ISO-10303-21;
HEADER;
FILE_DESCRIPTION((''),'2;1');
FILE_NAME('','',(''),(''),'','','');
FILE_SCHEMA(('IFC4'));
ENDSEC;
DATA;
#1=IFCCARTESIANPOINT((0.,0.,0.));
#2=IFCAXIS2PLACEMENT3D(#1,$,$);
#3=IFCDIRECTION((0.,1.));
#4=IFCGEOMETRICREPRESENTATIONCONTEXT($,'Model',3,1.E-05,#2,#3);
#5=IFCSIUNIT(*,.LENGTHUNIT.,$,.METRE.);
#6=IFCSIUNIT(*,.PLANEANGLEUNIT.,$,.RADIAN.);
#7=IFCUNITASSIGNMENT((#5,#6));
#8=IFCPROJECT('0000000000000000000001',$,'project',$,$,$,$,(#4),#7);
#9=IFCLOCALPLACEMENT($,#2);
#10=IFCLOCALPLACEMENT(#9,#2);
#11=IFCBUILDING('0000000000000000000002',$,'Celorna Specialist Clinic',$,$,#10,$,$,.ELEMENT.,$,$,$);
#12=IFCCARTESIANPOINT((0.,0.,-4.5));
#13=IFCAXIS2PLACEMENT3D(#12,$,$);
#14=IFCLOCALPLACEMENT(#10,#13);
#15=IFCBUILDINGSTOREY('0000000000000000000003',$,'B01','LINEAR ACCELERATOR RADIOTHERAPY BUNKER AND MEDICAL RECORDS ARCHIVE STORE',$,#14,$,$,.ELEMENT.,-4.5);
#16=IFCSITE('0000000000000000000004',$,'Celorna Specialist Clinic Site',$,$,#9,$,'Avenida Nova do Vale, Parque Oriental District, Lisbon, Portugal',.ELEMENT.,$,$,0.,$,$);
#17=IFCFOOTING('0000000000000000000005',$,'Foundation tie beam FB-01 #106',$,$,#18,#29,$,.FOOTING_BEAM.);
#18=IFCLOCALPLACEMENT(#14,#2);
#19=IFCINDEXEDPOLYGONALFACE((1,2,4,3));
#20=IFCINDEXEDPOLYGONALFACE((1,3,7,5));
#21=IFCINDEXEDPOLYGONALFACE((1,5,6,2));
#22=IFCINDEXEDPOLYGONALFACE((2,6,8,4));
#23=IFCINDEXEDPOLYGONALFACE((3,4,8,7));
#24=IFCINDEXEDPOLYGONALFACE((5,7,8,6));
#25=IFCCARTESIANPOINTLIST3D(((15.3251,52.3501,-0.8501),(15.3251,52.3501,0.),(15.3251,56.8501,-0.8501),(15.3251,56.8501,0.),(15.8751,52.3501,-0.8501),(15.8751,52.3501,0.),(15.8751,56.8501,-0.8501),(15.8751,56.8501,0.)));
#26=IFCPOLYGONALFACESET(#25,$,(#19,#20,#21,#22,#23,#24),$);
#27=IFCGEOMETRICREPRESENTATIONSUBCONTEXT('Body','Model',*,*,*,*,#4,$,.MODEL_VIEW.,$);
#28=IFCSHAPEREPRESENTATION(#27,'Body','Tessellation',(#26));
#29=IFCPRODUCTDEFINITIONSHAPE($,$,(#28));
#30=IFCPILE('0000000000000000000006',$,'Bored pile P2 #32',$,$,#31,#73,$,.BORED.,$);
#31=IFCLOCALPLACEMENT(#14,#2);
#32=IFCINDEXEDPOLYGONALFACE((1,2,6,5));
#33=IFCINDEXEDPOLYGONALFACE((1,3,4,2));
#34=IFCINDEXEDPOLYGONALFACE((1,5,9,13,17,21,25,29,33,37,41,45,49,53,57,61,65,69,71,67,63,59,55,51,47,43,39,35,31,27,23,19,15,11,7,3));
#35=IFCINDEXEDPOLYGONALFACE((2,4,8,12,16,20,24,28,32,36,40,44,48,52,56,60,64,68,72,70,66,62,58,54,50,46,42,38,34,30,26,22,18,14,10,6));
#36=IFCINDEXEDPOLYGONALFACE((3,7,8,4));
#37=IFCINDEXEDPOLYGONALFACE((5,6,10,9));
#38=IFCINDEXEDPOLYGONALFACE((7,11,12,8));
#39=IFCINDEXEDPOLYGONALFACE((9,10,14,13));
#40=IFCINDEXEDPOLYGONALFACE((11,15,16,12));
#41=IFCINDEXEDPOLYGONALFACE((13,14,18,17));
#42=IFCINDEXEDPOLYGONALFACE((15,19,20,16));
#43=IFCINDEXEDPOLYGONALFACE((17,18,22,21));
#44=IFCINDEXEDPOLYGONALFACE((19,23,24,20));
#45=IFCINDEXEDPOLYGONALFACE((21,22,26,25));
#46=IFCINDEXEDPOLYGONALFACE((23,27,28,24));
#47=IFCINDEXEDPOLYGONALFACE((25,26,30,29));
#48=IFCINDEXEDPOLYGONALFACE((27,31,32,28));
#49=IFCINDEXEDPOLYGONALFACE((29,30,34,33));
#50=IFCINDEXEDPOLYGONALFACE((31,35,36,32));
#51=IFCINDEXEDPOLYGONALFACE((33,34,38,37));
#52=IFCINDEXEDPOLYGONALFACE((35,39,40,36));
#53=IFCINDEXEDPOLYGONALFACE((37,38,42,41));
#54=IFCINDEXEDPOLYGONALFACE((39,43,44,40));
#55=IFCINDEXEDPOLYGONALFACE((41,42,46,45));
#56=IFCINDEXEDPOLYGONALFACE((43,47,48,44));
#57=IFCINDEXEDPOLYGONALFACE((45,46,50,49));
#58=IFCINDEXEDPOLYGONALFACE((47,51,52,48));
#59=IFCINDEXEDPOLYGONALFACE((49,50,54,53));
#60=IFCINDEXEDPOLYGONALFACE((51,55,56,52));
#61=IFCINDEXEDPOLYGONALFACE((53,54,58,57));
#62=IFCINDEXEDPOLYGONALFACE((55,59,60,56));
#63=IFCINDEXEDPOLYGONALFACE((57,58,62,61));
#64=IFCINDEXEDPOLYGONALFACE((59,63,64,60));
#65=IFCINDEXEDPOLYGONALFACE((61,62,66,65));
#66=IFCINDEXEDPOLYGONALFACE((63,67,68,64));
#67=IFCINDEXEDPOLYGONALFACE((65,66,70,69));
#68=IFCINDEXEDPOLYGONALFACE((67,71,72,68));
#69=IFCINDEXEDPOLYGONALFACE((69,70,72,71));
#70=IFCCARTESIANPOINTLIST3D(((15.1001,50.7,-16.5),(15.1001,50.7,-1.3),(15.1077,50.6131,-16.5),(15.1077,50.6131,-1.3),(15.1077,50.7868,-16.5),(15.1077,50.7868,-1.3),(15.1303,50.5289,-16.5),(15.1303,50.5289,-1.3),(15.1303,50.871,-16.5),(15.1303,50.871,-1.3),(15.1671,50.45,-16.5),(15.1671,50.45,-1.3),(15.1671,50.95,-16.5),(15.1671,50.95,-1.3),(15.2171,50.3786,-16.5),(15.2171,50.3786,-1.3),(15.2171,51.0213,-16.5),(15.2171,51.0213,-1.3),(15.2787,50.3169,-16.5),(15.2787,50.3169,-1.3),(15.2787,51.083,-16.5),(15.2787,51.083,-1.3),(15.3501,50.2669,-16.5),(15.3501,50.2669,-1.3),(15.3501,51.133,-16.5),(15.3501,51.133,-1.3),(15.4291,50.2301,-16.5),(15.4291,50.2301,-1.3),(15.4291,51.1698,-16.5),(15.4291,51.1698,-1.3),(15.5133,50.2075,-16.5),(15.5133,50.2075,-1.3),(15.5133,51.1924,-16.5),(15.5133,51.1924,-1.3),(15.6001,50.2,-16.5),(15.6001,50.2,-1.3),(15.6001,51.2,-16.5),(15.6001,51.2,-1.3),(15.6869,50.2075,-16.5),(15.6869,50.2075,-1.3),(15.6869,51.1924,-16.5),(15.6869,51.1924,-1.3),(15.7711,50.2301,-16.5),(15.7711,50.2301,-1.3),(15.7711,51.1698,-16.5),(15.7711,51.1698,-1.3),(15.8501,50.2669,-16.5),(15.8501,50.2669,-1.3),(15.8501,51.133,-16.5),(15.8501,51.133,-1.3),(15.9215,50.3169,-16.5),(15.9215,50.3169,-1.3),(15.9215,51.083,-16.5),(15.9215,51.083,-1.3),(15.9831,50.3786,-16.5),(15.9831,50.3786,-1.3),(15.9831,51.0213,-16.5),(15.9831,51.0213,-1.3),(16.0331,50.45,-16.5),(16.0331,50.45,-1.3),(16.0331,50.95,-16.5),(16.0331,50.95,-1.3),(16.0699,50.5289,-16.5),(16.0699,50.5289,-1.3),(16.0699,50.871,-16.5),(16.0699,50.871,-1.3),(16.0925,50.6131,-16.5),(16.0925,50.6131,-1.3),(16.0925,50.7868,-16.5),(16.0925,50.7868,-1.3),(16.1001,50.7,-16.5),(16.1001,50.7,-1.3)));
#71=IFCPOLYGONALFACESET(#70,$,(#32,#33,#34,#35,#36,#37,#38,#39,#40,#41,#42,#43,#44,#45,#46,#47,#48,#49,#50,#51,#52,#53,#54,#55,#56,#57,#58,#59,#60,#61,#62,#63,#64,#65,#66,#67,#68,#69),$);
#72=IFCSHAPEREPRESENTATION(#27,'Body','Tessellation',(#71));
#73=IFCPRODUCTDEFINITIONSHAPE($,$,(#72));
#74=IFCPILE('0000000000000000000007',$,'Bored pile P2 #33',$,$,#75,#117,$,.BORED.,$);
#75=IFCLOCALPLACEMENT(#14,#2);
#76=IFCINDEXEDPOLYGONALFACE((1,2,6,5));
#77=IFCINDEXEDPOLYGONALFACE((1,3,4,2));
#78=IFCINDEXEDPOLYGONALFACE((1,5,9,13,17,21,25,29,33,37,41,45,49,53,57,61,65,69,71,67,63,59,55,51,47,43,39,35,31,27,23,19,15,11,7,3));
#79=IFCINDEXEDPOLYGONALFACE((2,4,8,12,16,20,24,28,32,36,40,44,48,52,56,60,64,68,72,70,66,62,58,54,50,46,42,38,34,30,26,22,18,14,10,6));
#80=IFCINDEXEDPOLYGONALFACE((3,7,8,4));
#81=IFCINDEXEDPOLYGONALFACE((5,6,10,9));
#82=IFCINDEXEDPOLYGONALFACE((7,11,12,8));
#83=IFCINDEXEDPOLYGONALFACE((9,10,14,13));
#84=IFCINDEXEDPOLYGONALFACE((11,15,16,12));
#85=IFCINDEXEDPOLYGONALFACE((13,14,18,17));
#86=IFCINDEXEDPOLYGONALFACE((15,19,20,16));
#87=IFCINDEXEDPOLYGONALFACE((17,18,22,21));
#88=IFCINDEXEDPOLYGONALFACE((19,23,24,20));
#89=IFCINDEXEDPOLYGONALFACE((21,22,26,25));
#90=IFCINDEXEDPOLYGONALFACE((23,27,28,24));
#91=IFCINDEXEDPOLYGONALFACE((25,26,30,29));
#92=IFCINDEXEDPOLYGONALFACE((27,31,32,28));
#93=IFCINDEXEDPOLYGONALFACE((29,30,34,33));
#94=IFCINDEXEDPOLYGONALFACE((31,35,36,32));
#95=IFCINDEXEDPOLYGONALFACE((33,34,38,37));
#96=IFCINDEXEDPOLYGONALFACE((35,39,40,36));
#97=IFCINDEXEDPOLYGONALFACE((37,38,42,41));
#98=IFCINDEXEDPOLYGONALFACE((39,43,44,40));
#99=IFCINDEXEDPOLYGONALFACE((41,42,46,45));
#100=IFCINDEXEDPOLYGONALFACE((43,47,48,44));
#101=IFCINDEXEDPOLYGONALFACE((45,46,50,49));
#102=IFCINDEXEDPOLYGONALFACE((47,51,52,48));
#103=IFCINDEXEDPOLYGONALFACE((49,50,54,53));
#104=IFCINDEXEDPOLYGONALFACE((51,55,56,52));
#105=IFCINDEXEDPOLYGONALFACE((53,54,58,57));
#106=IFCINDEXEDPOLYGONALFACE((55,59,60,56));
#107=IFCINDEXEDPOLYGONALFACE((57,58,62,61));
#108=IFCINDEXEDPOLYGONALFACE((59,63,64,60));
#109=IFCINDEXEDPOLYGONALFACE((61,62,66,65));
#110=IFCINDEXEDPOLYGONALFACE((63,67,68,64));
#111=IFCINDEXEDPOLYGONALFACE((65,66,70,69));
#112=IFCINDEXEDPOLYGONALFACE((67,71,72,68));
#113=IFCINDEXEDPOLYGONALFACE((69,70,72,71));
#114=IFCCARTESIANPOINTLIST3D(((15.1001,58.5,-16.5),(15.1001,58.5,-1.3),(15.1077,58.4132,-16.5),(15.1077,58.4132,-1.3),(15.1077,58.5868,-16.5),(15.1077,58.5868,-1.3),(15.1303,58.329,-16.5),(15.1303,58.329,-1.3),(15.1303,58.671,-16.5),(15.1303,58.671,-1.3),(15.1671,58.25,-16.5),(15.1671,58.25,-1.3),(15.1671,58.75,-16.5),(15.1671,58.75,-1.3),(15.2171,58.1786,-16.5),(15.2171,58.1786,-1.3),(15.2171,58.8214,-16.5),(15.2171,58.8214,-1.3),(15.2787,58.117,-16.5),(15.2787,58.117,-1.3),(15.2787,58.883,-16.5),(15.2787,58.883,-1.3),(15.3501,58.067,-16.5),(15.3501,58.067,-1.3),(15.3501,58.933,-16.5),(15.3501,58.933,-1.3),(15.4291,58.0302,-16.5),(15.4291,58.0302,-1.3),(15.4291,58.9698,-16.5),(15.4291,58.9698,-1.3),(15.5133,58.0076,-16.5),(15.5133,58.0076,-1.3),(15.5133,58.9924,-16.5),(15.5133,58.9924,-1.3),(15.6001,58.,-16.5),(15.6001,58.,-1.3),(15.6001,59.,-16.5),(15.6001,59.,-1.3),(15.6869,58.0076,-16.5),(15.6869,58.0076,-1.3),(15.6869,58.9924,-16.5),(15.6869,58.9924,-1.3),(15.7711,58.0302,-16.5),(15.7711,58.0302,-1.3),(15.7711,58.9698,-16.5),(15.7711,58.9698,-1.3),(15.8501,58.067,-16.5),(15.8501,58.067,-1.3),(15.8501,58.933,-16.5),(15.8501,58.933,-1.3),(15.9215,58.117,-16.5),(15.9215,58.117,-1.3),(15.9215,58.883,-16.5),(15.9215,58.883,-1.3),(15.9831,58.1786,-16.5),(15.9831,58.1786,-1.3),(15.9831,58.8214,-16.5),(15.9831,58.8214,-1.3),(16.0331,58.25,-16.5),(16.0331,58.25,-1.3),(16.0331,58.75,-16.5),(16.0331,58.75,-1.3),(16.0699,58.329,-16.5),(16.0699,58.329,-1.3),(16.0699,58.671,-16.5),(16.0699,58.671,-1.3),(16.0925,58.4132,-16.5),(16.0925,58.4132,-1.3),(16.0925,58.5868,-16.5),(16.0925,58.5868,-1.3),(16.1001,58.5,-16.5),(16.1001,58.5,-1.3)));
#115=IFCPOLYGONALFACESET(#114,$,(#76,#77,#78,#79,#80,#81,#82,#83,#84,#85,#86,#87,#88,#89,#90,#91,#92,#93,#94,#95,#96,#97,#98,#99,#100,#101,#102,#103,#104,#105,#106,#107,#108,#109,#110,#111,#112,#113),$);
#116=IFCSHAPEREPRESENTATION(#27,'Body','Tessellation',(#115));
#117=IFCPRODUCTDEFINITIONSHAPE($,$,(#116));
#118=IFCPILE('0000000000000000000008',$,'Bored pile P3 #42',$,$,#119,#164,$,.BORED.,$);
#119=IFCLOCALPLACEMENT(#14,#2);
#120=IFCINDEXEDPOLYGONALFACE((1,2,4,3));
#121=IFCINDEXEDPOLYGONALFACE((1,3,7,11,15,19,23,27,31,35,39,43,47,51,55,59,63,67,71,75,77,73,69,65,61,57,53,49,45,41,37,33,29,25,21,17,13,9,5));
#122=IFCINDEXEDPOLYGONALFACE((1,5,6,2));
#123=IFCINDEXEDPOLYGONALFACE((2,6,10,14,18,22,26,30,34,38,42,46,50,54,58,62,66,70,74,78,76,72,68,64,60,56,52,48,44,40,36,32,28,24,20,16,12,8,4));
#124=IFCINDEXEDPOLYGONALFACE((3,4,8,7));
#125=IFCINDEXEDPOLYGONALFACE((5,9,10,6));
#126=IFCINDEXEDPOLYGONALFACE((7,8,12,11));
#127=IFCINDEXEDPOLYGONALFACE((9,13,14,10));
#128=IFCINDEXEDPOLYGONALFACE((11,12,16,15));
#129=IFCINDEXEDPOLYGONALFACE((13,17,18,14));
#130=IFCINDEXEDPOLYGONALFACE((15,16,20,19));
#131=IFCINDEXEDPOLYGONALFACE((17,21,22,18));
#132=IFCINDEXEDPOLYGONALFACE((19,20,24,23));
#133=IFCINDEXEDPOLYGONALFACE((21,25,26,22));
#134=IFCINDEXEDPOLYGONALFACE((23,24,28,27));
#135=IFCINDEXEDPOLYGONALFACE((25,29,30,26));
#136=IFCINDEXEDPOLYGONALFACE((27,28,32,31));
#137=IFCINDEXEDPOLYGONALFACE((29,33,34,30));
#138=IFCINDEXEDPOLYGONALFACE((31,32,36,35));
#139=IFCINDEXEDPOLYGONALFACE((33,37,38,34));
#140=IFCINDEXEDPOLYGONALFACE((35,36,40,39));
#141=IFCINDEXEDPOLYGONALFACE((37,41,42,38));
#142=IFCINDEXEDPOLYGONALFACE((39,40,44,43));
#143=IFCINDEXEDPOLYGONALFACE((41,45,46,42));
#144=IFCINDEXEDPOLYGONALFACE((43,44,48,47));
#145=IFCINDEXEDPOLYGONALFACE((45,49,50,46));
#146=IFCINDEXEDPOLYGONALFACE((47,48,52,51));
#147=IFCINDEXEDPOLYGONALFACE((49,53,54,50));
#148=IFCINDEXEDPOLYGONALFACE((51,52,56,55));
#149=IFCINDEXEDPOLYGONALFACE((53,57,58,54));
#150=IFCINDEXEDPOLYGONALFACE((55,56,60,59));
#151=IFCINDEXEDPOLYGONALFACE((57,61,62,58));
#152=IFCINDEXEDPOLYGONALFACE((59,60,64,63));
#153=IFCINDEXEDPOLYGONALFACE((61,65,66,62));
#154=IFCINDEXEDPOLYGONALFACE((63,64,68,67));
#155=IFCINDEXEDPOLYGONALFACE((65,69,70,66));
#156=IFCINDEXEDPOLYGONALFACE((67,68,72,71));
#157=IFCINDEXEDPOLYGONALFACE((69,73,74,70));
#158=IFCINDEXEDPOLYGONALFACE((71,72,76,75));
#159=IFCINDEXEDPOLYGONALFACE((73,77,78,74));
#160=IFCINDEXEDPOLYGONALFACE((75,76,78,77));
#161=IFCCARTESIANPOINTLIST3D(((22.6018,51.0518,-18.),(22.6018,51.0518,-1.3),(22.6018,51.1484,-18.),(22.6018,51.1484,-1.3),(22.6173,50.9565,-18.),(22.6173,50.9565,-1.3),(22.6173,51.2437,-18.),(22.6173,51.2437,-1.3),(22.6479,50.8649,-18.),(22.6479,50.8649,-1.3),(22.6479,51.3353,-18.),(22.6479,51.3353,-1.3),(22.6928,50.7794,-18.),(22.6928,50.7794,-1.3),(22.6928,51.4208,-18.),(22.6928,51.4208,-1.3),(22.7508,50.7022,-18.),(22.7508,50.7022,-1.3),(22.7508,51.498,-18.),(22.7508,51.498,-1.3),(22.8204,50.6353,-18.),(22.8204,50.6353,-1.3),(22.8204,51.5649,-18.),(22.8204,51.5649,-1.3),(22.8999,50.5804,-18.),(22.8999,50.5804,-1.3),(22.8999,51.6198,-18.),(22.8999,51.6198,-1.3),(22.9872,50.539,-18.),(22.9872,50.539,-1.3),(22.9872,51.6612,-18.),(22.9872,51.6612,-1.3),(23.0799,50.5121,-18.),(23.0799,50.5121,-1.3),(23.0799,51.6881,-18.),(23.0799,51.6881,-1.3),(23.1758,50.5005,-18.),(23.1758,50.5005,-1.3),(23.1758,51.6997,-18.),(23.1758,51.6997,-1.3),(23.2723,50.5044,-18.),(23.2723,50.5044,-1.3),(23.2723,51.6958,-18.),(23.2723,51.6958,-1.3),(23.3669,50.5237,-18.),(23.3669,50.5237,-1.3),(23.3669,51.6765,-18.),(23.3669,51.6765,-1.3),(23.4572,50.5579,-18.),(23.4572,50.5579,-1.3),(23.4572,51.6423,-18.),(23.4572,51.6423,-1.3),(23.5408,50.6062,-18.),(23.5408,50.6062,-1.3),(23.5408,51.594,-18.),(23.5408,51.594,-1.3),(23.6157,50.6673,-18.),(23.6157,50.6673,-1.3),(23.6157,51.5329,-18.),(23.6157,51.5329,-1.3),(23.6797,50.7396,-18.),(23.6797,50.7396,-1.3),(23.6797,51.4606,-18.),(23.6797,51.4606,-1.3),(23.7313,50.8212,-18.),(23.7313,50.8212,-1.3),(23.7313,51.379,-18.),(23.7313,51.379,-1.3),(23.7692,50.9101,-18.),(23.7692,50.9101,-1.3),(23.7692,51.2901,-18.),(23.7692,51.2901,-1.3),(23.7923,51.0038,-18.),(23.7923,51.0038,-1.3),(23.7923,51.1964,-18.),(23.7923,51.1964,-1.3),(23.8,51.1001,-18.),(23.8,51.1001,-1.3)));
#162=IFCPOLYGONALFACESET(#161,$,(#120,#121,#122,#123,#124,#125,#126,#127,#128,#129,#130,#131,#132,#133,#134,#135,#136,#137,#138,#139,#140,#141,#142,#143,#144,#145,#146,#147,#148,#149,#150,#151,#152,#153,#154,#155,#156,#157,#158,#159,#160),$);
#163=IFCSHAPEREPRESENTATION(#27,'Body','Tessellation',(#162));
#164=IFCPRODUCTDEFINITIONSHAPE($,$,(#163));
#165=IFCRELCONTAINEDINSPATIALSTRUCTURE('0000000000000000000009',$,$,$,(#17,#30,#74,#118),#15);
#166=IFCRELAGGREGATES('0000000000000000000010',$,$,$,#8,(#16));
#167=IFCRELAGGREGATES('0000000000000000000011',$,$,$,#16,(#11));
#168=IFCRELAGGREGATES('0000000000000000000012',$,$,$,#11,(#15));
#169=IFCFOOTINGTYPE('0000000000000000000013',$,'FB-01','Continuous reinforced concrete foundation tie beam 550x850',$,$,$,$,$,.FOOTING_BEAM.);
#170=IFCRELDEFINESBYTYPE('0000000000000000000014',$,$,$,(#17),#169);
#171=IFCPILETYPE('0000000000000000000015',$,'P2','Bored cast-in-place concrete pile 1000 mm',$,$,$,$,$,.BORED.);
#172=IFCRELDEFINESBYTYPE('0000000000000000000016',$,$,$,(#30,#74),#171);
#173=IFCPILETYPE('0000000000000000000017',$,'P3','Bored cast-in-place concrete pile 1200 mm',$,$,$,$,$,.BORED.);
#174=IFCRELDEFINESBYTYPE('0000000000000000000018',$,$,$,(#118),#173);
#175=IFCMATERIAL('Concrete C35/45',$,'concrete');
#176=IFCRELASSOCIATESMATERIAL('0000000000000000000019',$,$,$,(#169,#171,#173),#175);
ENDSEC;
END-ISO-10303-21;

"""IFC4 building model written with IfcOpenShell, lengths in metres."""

from ifc_helpers import new_model, si_unit, direction, frame, origin, origin_2d, place, context, subcontext, project, spatial, rectangle, circle, extrude, material, material_profile, profile_set, type_object, element, save


model = new_model("IFC4")

# Units and contexts
model_context = context("Model", 3, precision=1e-05, world=origin(), true_north=direction((0.0, 1.0)))
body_context = subcontext(model_context, "Body", "Model", "MODEL_VIEW")
ifc_project = project(units=[si_unit("LENGTHUNIT", "METRE"), si_unit("PLANEANGLEUNIT", "RADIAN")], contexts=[model_context])

# Site, building, storey
site_placement = place(None, origin())
site = spatial("IfcSite", under=ifc_project, at=site_placement, Name="Celorna Specialist Clinic Site", LongName="Avenida Nova do Vale, Parque Oriental District, Lisbon, Portugal", CompositionType="ELEMENT", RefElevation=0.0)
building_placement = place(site_placement, origin())
building = spatial("IfcBuilding", under=site, at=building_placement, Name="Celorna Specialist Clinic", CompositionType="ELEMENT")
storey_placement = place(building_placement, frame((0.0, 0.0, -4.5)))
storey = spatial("IfcBuildingStorey", under=building, at=storey_placement, Name="B01", Description="LINEAR ACCELERATOR RADIOTHERAPY BUNKER AND MEDICAL RECORDS ARCHIVE STORE", CompositionType="ELEMENT", Elevation=-4.5)

# Footing
ifc_material_1 = material(Name="Concrete C35/45", Category="concrete")
footing_type_1 = type_object("IfcFootingType", Name="FB-01", Description="Continuous reinforced concrete foundation tie beam 550x850", PredefinedType="FOOTING_BEAM", material=ifc_material_1)
footing_1_placement = place(storey_placement, frame((15.6001, 54.6001, -0.8501), z_axis=(0.0, 0.0, 1.0), x_axis=(0.0, 1.0, 0.0)))
element("IfcFooting", 1, at=footing_1_placement, inside=storey, type_object=footing_type_1, Name="Foundation tie beam FB-01 #106", PredefinedType="FOOTING_BEAM", context=body_context, shape_type="SweptSolid", body=[
    extrude(rectangle(XDim=4.5, YDim=0.55, at=origin_2d()), origin(), (0.0, 0.0, 1.0), 0.8501),
])

# Piles
ifc_material_profile_1 = material_profile(ifc_material_1, circle(Radius=0.5, at=origin_2d()), Name="BORED PILE 1000")
ifc_profile_set_1 = profile_set([ifc_material_profile_1], Name="Concrete C35/45")
pile_type_1 = type_object("IfcPileType", Name="P2", Description="Bored cast-in-place concrete pile 1000 mm", PredefinedType="BORED", material=ifc_profile_set_1)
for number, where, z_axis, x_axis, name in (
    (2, (15.6001, 50.7, -1.3), (0.0, 0.0, -1.0), (1.0, 0.0, 0.0), "Bored pile P2 #32"),
    (3, (15.6001, 58.5, -1.3), (0.0, 0.0, -1.0), (1.0, 0.0, 0.0), "Bored pile P2 #33"),
):
    element("IfcPile", number, at=place(storey_placement, frame(where, z_axis=z_axis, x_axis=x_axis)), inside=storey, type_object=pile_type_1, Name=name, PredefinedType="BORED", context=body_context, shape_type="SweptSolid", body=[
        extrude(circle(Radius=0.5, at=origin_2d()), origin(), (0.0, 0.0, 1.0), 15.2),
    ])
ifc_material_profile_2 = material_profile(ifc_material_1, circle(Radius=0.6001, at=origin_2d()), Name="BORED PILE 1200")
ifc_profile_set_2 = profile_set([ifc_material_profile_2], Name="Concrete C35/45")
pile_type_2 = type_object("IfcPileType", Name="P3", Description="Bored cast-in-place concrete pile 1200 mm", PredefinedType="BORED", material=ifc_profile_set_2)
for number, where, z_axis, x_axis, name in (
    (4, (23.2, 51.1001, -1.3), (0.0, 0.0, -1.0), (1.0, 0.0, 0.0), "Bored pile P3 #42"),
):
    element("IfcPile", number, at=place(storey_placement, frame(where, z_axis=z_axis, x_axis=x_axis)), inside=storey, type_object=pile_type_2, Name=name, PredefinedType="BORED", context=body_context, shape_type="SweptSolid", body=[
        extrude(circle(Radius=0.6001, at=origin_2d()), origin(), (0.0, 0.0, 1.0), 16.7),
    ])

save(model, "model.ifc")
